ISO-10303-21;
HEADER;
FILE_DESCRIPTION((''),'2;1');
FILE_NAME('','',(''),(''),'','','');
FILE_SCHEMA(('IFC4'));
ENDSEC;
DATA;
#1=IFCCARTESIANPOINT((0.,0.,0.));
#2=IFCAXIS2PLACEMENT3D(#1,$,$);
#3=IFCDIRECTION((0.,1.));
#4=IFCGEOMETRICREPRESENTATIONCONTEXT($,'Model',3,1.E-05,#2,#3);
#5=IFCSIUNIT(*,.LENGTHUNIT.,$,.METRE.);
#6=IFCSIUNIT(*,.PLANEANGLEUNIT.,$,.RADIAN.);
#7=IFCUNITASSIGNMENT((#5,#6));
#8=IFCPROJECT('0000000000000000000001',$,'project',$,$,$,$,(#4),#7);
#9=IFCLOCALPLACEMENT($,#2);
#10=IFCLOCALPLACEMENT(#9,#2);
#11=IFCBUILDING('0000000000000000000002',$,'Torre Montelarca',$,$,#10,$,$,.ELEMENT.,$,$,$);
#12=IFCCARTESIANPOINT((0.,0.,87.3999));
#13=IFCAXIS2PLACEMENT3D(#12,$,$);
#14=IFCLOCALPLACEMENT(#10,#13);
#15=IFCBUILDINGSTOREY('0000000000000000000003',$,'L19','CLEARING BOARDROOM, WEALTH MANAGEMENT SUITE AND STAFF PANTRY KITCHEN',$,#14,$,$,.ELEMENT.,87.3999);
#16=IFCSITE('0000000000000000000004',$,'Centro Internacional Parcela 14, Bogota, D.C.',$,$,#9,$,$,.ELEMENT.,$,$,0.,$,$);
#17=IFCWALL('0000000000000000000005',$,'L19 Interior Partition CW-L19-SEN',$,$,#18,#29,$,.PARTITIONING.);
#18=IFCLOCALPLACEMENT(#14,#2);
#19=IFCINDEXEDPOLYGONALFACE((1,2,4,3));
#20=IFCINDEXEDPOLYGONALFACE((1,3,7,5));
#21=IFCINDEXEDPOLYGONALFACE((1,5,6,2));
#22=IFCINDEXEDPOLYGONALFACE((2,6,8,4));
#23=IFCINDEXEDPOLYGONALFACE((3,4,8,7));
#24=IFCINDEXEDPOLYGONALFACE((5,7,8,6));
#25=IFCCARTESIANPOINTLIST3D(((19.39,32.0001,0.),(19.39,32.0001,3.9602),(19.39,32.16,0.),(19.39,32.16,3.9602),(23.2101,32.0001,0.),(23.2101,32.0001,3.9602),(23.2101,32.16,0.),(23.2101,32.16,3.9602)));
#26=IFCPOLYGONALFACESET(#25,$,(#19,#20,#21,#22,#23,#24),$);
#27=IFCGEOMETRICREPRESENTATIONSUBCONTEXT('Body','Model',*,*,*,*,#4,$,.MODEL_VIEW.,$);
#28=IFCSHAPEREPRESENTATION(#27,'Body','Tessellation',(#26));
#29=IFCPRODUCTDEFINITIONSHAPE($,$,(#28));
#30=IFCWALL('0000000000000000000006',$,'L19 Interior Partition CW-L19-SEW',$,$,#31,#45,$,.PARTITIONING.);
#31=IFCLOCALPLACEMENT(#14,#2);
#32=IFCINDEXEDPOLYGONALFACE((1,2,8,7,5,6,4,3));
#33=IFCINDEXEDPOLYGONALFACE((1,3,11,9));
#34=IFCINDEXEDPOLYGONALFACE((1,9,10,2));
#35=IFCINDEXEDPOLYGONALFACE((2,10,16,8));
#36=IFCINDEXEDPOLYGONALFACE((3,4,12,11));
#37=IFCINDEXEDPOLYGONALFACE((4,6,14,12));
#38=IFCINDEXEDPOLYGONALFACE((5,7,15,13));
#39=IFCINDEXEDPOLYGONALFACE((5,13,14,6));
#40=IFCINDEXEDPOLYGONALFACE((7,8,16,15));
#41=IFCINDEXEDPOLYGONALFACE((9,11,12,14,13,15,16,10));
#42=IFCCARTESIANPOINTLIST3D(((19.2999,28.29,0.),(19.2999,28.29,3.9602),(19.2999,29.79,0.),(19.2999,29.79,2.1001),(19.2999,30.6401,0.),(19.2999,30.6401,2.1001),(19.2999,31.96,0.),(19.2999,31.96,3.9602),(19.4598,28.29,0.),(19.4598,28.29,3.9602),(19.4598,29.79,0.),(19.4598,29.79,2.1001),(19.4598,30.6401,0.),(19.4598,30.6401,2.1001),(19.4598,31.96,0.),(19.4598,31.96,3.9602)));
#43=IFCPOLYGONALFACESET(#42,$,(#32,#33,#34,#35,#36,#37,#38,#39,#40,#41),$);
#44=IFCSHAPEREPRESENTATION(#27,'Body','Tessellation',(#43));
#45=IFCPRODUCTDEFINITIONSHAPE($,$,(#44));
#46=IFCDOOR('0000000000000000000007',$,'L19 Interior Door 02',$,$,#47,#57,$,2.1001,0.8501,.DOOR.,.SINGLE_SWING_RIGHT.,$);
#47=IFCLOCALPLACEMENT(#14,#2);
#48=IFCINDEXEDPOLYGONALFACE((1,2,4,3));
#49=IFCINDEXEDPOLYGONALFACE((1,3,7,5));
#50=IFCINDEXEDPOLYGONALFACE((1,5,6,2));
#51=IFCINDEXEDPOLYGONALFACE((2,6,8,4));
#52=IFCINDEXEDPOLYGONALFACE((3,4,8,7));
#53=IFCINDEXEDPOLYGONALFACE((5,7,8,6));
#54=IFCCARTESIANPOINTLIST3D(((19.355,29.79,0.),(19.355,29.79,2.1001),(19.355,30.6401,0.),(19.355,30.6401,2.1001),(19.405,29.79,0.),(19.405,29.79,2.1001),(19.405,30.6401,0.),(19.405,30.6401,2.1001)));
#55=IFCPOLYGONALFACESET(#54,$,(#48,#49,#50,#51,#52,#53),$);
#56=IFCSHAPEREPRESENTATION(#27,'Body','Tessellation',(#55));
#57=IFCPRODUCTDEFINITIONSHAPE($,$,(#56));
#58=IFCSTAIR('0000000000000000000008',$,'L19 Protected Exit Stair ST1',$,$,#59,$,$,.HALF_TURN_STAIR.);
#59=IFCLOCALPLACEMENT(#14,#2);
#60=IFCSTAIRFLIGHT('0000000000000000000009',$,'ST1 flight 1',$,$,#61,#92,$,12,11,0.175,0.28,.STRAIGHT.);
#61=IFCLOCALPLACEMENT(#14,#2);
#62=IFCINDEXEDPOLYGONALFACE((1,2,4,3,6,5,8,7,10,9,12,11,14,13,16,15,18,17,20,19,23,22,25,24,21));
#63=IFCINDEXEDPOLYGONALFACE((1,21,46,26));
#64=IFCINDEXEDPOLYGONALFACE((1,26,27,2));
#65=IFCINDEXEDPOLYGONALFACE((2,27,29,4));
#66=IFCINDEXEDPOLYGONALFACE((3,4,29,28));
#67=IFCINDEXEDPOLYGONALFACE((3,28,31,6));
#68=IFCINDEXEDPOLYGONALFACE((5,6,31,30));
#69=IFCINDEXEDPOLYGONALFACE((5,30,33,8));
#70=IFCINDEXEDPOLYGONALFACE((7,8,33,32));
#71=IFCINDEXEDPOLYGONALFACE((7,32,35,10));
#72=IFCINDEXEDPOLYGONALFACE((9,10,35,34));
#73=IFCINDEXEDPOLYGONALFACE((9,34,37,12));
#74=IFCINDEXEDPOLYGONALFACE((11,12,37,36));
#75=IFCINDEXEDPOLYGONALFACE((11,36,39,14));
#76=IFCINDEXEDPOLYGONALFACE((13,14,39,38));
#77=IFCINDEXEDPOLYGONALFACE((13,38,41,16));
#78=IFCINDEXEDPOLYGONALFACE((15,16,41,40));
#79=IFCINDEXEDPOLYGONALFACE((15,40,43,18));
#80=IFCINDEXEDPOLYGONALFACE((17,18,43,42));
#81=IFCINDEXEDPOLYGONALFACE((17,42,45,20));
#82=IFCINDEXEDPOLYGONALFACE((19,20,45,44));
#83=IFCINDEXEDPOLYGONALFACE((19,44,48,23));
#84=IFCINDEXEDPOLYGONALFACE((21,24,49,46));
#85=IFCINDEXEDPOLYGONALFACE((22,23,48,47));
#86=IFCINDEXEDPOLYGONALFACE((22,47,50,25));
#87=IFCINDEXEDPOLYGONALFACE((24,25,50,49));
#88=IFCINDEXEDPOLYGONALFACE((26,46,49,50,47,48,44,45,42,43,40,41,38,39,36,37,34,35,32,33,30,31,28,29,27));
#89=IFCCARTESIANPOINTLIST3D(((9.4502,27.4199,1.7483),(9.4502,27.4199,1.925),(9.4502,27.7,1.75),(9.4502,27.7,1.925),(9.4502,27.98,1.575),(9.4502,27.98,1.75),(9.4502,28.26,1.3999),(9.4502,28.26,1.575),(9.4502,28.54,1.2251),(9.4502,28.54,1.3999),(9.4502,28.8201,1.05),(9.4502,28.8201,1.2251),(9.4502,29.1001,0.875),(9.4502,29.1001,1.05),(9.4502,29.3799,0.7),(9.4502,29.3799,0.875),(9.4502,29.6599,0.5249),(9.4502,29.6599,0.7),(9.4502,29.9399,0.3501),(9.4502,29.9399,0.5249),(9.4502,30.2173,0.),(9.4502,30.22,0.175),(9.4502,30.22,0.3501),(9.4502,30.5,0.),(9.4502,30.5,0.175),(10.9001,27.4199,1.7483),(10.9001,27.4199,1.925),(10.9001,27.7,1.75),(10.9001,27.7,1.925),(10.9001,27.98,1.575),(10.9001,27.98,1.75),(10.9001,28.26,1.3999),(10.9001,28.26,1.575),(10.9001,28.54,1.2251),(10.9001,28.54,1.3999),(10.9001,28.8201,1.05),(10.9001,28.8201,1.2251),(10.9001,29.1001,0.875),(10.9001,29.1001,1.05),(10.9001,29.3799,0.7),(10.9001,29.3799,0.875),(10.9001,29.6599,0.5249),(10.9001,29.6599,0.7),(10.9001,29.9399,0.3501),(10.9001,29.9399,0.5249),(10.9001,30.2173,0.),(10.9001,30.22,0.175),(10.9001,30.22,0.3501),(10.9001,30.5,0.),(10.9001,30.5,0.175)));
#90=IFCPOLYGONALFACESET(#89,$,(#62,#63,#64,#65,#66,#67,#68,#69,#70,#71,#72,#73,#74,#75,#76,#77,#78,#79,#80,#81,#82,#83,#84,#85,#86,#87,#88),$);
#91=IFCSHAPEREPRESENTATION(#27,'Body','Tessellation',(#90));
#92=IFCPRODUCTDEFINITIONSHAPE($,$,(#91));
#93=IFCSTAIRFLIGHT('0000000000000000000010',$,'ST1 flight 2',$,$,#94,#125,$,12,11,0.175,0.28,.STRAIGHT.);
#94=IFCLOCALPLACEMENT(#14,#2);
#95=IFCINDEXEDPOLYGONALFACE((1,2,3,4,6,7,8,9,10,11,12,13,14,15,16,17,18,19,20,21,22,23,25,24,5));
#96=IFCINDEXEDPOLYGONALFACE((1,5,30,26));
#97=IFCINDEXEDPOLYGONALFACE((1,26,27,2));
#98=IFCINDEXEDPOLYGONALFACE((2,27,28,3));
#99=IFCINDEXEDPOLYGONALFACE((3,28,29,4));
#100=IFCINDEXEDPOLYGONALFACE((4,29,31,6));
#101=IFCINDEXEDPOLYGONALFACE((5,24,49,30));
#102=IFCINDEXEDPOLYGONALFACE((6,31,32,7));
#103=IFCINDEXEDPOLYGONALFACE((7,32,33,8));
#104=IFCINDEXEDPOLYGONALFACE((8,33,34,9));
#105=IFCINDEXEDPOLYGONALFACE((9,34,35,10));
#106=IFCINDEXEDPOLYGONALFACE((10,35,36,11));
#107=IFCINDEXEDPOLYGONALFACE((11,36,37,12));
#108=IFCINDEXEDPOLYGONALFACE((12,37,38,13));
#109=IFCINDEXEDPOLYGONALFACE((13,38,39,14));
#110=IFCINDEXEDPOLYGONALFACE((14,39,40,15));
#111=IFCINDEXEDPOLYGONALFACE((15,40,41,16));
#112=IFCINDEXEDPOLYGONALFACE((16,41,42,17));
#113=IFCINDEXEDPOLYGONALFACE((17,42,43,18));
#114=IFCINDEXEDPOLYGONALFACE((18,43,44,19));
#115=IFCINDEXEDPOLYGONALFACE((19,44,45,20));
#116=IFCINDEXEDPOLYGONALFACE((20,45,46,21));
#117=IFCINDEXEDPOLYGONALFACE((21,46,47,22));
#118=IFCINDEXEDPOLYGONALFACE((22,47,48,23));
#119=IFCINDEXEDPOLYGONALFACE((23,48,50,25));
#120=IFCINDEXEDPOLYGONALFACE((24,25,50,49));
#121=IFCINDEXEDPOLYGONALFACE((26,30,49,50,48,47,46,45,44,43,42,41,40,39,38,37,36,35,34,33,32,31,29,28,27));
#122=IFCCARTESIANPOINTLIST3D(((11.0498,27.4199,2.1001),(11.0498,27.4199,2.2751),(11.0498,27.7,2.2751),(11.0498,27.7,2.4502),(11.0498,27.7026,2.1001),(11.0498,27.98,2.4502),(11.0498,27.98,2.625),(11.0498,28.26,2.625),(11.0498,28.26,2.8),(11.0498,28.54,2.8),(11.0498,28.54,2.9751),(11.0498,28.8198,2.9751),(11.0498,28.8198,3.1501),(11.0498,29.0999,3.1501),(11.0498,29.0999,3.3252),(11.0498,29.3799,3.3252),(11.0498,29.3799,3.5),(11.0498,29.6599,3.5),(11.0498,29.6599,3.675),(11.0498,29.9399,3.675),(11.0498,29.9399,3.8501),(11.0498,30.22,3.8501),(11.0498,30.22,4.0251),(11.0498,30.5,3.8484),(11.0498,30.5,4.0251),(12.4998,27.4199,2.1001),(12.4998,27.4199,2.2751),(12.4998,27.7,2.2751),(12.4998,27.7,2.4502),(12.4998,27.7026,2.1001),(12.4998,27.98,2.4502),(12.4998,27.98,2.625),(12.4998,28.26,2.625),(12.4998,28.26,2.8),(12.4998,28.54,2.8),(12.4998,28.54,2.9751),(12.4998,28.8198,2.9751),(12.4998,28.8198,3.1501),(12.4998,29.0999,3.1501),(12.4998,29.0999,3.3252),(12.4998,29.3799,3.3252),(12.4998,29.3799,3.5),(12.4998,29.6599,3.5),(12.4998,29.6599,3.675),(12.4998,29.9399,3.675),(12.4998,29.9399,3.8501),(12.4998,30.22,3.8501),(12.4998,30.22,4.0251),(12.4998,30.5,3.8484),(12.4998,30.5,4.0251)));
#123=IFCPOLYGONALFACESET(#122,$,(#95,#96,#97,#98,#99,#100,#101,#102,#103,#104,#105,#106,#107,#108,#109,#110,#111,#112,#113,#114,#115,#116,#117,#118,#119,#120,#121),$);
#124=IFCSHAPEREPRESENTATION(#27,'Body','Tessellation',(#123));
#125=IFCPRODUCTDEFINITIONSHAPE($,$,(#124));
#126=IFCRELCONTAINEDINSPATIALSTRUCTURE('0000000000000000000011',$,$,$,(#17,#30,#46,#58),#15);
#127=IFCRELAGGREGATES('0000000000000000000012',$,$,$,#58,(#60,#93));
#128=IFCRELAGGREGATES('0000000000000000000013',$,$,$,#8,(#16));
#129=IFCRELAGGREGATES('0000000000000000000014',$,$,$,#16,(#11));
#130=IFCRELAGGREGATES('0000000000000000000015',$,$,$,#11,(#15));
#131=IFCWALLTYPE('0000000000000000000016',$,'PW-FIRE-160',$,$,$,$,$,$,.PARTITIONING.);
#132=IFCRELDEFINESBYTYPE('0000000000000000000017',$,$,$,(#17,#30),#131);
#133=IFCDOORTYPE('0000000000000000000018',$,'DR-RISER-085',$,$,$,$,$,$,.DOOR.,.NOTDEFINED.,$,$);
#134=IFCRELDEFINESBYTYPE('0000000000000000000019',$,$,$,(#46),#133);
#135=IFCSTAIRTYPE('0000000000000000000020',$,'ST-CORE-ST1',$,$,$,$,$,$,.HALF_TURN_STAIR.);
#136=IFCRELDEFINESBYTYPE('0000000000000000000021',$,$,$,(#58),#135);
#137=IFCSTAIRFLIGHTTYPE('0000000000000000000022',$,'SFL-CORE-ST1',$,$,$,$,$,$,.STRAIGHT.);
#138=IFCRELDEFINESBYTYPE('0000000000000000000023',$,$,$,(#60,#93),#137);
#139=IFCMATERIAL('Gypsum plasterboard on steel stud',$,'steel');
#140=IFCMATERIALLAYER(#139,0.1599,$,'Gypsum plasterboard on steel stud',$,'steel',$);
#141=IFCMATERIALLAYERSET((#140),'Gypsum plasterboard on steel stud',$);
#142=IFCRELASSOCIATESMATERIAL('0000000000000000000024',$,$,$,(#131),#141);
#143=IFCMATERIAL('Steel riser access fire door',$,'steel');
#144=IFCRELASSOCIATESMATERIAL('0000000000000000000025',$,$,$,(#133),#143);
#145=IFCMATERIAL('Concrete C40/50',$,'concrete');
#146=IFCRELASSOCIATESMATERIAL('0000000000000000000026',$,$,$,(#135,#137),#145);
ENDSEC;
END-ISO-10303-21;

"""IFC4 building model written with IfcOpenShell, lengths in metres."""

from ifc_helpers import new_model, si_unit, direction, frame, frame_2d, origin, place, context, subcontext, project, spatial, polyline, rectangle, outline, extrude, source, transform, mapped, material, layer, layer_set, type_object, element, fill, aggregate, save


model = new_model("IFC4")

# Units and contexts
model_context = context("Model", 3, precision=1e-05, world=origin(), true_north=direction((0.0, 1.0)))
body_context = subcontext(model_context, "Body", "Model", "MODEL_VIEW")
ifc_project = project(units=[si_unit("LENGTHUNIT", "METRE"), si_unit("PLANEANGLEUNIT", "RADIAN")], contexts=[model_context])

# Site, building, storey
site_placement = place(None, origin())
site = spatial("IfcSite", under=ifc_project, at=site_placement, Name="Centro Internacional Parcela 14, Bogota, D.C.", CompositionType="ELEMENT", RefElevation=0.0)
building_placement = place(site_placement, origin())
building = spatial("IfcBuilding", under=site, at=building_placement, Name="Torre Montelarca", CompositionType="ELEMENT")
storey_placement = place(building_placement, frame((0.0, 0.0, 87.3999)))
storey = spatial("IfcBuildingStorey", under=building, at=storey_placement, Name="L19", Description="CLEARING BOARDROOM, WEALTH MANAGEMENT SUITE AND STAFF PANTRY KITCHEN", CompositionType="ELEMENT", Elevation=87.3999)

# Shared definitions
ifc_material_1 = material(Name="Concrete C40/50", Category="concrete")

# Wall
ifc_material_2 = material(Name="Gypsum plasterboard on steel stud", Category="steel")
ifc_layer_1 = layer(ifc_material_2, 0.1599, Name="Gypsum plasterboard on steel stud", Category="steel")
ifc_layer_set_1 = layer_set([ifc_layer_1], Name="Gypsum plasterboard on steel stud")
wall_type_1 = type_object("IfcWallType", Name="PW-FIRE-160", PredefinedType="PARTITIONING", material=ifc_layer_set_1)
wall_1_placement = place(storey_placement, frame((19.3899, 32.0801, 0.0), z_axis=(0.0, 0.0, 1.0), x_axis=(1.0, 0.0, 0.0)))
element("IfcWall", 1, at=wall_1_placement, inside=storey, type_object=wall_type_1, Name="L19 Interior Partition CW-L19-SEN", PredefinedType="PARTITIONING", context=body_context, shape_type="SweptSolid", body=[
    extrude(rectangle(XDim=3.8201, YDim=0.1599, at=frame_2d((1.9102, 0.0))), origin(), (0.0, 0.0, 1.0), 3.9602),
])

# Wall, opening, door
wall_2_placement = place(storey_placement, frame((19.3799, 28.29, 0.0), z_axis=(0.0, 0.0, 1.0), x_axis=(0.0, 1.0, 0.0)))
wall_2 = element("IfcWall", 2, at=wall_2_placement, inside=storey, type_object=wall_type_1, Name="L19 Interior Partition CW-L19-SEW", PredefinedType="PARTITIONING", context=body_context, shape_type="SweptSolid", body=[
    extrude(rectangle(XDim=3.6699, YDim=0.1599, at=frame_2d((1.835, 0.0))), origin(), (0.0, 0.0, 1.0), 3.9602),
])
opening_1_placement = place(wall_2_placement, frame((1.5, 0.0, 0.0)))
opening_1 = element("IfcOpeningElement", 3, at=opening_1_placement, cuts=wall_2, PredefinedType="OPENING", context=body_context, shape_type="SweptSolid", body=[
    extrude(rectangle(XDim=0.8501, YDim=2.1001, at=frame_2d((0.425, 1.05))), frame((0.0, 0.0898, 0.0), z_axis=(0.0, -1.0, 0.0), x_axis=(1.0, 0.0, 0.0)), (0.0, 0.0, 1.0), 0.1799),
])
ifc_material_3 = material(Name="Steel riser access fire door", Category="steel")
door_type_1 = type_object("IfcDoorType", Name="DR-RISER-085", OperationType="NOTDEFINED", PredefinedType="DOOR", material=ifc_material_3)
shared_shape_1 = source(origin(), body_context, "Body", "SweptSolid", [
    extrude(rectangle(XDim=0.8501, YDim=2.1001, at=frame_2d((0.425, 1.05))), frame((0.0, 0.0249, 0.0), z_axis=(0.0, -1.0, 0.0), x_axis=(1.0, 0.0, 0.0)), (0.0, 0.0, 1.0), 0.05),
])
door_1_placement = place(opening_1_placement, origin())
door_1 = element("IfcDoor", 4, at=door_1_placement, inside=storey, type_object=door_type_1, Name="L19 Interior Door 02", OperationType="SINGLE_SWING_RIGHT", OverallHeight=2.1001, OverallWidth=0.8501, PredefinedType="DOOR", context=body_context, shape_type="MappedRepresentation", body=[
    mapped(shared_shape_1, transform((0.0, 0.0, 0.0), scale=1.0)),
])
fill(opening_1, door_1)

# Stair, stair flights
stair_type = type_object("IfcStairType", Name="ST-CORE-ST1", PredefinedType="HALF_TURN_STAIR", material=ifc_material_1)
stair_placement = place(storey_placement, origin())
stair = element("IfcStair", 5, at=stair_placement, inside=storey, type_object=stair_type, Name="L19 Protected Exit Stair ST1", PredefinedType="HALF_TURN_STAIR")
stair_flight_type = type_object("IfcStairFlightType", Name="SFL-CORE-ST1", PredefinedType="STRAIGHT", material=ifc_material_1)
stair_flight_1_placement = place(storey_placement, frame((10.175, 30.5, 0.0), z_axis=(0.0, 0.0, 1.0), x_axis=(0.0, -1.0, 0.0)))
stair_flight_1 = element("IfcStairFlight", 6, at=stair_flight_1_placement, type_object=stair_flight_type, Name="ST1 flight 1", NumberOfRisers=12, NumberOfTreads=11, PredefinedType="STRAIGHT", RiserHeight=0.175, TreadLength=0.28, context=body_context, shape_type="SweptSolid", body=[
    extrude(outline(polyline([(0.0, 0.0), (0.0, 0.175), (0.28, 0.175), (0.28, 0.3501), (0.5601, 0.3501), (0.5601, 0.5249), (0.8401, 0.5249), (0.8401, 0.7), (1.1201, 0.7), (1.1201, 0.875), (1.3999, 0.875), (1.3999, 1.05), (1.6799, 1.05), (1.6799, 1.2251), (1.96, 1.2251), (1.96, 1.3999), (2.24, 1.3999), (2.24, 1.575), (2.52, 1.575), (2.52, 1.75), (2.8, 1.75), (2.8, 1.925), (3.0801, 1.925), (3.0801, 2.1001), (3.0801, 1.7483), (0.2827, 0.0), (0.0, 0.0)])), frame((0.0, 0.7251, 0.0), z_axis=(0.0, -1.0, 0.0), x_axis=(1.0, 0.0, 0.0)), (0.0, 0.0, 1.0), 1.45),
])
stair_flight_2_placement = place(storey_placement, frame((11.7749, 27.4199, 2.1001), z_axis=(0.0, 0.0, 1.0), x_axis=(0.0, 1.0, 0.0)))
stair_flight_2 = element("IfcStairFlight", 7, at=stair_flight_2_placement, type_object=stair_flight_type, Name="ST1 flight 2", NumberOfRisers=12, NumberOfTreads=11, PredefinedType="STRAIGHT", RiserHeight=0.175, TreadLength=0.28, context=body_context, shape_type="SweptSolid", body=[
    extrude(outline(polyline([(0.0, 0.0), (0.0, 0.175), (0.28, 0.175), (0.28, 0.3501), (0.5601, 0.3501), (0.5601, 0.5249), (0.8401, 0.5249), (0.8401, 0.7), (1.1201, 0.7), (1.1201, 0.875), (1.3999, 0.875), (1.3999, 1.05), (1.6799, 1.05), (1.6799, 1.2251), (1.96, 1.2251), (1.96, 1.3999), (2.24, 1.3999), (2.24, 1.575), (2.52, 1.575), (2.52, 1.75), (2.8, 1.75), (2.8, 1.925), (3.0801, 1.925), (3.0801, 2.1001), (3.0801, 1.7483), (0.2827, 0.0), (0.0, 0.0)])), frame((0.0, 0.7251, 0.0), z_axis=(0.0, -1.0, 0.0), x_axis=(1.0, 0.0, 0.0)), (0.0, 0.0, 1.0), 1.45),
])
aggregate(stair, [stair_flight_1, stair_flight_2])

save(model, "model.ifc")
